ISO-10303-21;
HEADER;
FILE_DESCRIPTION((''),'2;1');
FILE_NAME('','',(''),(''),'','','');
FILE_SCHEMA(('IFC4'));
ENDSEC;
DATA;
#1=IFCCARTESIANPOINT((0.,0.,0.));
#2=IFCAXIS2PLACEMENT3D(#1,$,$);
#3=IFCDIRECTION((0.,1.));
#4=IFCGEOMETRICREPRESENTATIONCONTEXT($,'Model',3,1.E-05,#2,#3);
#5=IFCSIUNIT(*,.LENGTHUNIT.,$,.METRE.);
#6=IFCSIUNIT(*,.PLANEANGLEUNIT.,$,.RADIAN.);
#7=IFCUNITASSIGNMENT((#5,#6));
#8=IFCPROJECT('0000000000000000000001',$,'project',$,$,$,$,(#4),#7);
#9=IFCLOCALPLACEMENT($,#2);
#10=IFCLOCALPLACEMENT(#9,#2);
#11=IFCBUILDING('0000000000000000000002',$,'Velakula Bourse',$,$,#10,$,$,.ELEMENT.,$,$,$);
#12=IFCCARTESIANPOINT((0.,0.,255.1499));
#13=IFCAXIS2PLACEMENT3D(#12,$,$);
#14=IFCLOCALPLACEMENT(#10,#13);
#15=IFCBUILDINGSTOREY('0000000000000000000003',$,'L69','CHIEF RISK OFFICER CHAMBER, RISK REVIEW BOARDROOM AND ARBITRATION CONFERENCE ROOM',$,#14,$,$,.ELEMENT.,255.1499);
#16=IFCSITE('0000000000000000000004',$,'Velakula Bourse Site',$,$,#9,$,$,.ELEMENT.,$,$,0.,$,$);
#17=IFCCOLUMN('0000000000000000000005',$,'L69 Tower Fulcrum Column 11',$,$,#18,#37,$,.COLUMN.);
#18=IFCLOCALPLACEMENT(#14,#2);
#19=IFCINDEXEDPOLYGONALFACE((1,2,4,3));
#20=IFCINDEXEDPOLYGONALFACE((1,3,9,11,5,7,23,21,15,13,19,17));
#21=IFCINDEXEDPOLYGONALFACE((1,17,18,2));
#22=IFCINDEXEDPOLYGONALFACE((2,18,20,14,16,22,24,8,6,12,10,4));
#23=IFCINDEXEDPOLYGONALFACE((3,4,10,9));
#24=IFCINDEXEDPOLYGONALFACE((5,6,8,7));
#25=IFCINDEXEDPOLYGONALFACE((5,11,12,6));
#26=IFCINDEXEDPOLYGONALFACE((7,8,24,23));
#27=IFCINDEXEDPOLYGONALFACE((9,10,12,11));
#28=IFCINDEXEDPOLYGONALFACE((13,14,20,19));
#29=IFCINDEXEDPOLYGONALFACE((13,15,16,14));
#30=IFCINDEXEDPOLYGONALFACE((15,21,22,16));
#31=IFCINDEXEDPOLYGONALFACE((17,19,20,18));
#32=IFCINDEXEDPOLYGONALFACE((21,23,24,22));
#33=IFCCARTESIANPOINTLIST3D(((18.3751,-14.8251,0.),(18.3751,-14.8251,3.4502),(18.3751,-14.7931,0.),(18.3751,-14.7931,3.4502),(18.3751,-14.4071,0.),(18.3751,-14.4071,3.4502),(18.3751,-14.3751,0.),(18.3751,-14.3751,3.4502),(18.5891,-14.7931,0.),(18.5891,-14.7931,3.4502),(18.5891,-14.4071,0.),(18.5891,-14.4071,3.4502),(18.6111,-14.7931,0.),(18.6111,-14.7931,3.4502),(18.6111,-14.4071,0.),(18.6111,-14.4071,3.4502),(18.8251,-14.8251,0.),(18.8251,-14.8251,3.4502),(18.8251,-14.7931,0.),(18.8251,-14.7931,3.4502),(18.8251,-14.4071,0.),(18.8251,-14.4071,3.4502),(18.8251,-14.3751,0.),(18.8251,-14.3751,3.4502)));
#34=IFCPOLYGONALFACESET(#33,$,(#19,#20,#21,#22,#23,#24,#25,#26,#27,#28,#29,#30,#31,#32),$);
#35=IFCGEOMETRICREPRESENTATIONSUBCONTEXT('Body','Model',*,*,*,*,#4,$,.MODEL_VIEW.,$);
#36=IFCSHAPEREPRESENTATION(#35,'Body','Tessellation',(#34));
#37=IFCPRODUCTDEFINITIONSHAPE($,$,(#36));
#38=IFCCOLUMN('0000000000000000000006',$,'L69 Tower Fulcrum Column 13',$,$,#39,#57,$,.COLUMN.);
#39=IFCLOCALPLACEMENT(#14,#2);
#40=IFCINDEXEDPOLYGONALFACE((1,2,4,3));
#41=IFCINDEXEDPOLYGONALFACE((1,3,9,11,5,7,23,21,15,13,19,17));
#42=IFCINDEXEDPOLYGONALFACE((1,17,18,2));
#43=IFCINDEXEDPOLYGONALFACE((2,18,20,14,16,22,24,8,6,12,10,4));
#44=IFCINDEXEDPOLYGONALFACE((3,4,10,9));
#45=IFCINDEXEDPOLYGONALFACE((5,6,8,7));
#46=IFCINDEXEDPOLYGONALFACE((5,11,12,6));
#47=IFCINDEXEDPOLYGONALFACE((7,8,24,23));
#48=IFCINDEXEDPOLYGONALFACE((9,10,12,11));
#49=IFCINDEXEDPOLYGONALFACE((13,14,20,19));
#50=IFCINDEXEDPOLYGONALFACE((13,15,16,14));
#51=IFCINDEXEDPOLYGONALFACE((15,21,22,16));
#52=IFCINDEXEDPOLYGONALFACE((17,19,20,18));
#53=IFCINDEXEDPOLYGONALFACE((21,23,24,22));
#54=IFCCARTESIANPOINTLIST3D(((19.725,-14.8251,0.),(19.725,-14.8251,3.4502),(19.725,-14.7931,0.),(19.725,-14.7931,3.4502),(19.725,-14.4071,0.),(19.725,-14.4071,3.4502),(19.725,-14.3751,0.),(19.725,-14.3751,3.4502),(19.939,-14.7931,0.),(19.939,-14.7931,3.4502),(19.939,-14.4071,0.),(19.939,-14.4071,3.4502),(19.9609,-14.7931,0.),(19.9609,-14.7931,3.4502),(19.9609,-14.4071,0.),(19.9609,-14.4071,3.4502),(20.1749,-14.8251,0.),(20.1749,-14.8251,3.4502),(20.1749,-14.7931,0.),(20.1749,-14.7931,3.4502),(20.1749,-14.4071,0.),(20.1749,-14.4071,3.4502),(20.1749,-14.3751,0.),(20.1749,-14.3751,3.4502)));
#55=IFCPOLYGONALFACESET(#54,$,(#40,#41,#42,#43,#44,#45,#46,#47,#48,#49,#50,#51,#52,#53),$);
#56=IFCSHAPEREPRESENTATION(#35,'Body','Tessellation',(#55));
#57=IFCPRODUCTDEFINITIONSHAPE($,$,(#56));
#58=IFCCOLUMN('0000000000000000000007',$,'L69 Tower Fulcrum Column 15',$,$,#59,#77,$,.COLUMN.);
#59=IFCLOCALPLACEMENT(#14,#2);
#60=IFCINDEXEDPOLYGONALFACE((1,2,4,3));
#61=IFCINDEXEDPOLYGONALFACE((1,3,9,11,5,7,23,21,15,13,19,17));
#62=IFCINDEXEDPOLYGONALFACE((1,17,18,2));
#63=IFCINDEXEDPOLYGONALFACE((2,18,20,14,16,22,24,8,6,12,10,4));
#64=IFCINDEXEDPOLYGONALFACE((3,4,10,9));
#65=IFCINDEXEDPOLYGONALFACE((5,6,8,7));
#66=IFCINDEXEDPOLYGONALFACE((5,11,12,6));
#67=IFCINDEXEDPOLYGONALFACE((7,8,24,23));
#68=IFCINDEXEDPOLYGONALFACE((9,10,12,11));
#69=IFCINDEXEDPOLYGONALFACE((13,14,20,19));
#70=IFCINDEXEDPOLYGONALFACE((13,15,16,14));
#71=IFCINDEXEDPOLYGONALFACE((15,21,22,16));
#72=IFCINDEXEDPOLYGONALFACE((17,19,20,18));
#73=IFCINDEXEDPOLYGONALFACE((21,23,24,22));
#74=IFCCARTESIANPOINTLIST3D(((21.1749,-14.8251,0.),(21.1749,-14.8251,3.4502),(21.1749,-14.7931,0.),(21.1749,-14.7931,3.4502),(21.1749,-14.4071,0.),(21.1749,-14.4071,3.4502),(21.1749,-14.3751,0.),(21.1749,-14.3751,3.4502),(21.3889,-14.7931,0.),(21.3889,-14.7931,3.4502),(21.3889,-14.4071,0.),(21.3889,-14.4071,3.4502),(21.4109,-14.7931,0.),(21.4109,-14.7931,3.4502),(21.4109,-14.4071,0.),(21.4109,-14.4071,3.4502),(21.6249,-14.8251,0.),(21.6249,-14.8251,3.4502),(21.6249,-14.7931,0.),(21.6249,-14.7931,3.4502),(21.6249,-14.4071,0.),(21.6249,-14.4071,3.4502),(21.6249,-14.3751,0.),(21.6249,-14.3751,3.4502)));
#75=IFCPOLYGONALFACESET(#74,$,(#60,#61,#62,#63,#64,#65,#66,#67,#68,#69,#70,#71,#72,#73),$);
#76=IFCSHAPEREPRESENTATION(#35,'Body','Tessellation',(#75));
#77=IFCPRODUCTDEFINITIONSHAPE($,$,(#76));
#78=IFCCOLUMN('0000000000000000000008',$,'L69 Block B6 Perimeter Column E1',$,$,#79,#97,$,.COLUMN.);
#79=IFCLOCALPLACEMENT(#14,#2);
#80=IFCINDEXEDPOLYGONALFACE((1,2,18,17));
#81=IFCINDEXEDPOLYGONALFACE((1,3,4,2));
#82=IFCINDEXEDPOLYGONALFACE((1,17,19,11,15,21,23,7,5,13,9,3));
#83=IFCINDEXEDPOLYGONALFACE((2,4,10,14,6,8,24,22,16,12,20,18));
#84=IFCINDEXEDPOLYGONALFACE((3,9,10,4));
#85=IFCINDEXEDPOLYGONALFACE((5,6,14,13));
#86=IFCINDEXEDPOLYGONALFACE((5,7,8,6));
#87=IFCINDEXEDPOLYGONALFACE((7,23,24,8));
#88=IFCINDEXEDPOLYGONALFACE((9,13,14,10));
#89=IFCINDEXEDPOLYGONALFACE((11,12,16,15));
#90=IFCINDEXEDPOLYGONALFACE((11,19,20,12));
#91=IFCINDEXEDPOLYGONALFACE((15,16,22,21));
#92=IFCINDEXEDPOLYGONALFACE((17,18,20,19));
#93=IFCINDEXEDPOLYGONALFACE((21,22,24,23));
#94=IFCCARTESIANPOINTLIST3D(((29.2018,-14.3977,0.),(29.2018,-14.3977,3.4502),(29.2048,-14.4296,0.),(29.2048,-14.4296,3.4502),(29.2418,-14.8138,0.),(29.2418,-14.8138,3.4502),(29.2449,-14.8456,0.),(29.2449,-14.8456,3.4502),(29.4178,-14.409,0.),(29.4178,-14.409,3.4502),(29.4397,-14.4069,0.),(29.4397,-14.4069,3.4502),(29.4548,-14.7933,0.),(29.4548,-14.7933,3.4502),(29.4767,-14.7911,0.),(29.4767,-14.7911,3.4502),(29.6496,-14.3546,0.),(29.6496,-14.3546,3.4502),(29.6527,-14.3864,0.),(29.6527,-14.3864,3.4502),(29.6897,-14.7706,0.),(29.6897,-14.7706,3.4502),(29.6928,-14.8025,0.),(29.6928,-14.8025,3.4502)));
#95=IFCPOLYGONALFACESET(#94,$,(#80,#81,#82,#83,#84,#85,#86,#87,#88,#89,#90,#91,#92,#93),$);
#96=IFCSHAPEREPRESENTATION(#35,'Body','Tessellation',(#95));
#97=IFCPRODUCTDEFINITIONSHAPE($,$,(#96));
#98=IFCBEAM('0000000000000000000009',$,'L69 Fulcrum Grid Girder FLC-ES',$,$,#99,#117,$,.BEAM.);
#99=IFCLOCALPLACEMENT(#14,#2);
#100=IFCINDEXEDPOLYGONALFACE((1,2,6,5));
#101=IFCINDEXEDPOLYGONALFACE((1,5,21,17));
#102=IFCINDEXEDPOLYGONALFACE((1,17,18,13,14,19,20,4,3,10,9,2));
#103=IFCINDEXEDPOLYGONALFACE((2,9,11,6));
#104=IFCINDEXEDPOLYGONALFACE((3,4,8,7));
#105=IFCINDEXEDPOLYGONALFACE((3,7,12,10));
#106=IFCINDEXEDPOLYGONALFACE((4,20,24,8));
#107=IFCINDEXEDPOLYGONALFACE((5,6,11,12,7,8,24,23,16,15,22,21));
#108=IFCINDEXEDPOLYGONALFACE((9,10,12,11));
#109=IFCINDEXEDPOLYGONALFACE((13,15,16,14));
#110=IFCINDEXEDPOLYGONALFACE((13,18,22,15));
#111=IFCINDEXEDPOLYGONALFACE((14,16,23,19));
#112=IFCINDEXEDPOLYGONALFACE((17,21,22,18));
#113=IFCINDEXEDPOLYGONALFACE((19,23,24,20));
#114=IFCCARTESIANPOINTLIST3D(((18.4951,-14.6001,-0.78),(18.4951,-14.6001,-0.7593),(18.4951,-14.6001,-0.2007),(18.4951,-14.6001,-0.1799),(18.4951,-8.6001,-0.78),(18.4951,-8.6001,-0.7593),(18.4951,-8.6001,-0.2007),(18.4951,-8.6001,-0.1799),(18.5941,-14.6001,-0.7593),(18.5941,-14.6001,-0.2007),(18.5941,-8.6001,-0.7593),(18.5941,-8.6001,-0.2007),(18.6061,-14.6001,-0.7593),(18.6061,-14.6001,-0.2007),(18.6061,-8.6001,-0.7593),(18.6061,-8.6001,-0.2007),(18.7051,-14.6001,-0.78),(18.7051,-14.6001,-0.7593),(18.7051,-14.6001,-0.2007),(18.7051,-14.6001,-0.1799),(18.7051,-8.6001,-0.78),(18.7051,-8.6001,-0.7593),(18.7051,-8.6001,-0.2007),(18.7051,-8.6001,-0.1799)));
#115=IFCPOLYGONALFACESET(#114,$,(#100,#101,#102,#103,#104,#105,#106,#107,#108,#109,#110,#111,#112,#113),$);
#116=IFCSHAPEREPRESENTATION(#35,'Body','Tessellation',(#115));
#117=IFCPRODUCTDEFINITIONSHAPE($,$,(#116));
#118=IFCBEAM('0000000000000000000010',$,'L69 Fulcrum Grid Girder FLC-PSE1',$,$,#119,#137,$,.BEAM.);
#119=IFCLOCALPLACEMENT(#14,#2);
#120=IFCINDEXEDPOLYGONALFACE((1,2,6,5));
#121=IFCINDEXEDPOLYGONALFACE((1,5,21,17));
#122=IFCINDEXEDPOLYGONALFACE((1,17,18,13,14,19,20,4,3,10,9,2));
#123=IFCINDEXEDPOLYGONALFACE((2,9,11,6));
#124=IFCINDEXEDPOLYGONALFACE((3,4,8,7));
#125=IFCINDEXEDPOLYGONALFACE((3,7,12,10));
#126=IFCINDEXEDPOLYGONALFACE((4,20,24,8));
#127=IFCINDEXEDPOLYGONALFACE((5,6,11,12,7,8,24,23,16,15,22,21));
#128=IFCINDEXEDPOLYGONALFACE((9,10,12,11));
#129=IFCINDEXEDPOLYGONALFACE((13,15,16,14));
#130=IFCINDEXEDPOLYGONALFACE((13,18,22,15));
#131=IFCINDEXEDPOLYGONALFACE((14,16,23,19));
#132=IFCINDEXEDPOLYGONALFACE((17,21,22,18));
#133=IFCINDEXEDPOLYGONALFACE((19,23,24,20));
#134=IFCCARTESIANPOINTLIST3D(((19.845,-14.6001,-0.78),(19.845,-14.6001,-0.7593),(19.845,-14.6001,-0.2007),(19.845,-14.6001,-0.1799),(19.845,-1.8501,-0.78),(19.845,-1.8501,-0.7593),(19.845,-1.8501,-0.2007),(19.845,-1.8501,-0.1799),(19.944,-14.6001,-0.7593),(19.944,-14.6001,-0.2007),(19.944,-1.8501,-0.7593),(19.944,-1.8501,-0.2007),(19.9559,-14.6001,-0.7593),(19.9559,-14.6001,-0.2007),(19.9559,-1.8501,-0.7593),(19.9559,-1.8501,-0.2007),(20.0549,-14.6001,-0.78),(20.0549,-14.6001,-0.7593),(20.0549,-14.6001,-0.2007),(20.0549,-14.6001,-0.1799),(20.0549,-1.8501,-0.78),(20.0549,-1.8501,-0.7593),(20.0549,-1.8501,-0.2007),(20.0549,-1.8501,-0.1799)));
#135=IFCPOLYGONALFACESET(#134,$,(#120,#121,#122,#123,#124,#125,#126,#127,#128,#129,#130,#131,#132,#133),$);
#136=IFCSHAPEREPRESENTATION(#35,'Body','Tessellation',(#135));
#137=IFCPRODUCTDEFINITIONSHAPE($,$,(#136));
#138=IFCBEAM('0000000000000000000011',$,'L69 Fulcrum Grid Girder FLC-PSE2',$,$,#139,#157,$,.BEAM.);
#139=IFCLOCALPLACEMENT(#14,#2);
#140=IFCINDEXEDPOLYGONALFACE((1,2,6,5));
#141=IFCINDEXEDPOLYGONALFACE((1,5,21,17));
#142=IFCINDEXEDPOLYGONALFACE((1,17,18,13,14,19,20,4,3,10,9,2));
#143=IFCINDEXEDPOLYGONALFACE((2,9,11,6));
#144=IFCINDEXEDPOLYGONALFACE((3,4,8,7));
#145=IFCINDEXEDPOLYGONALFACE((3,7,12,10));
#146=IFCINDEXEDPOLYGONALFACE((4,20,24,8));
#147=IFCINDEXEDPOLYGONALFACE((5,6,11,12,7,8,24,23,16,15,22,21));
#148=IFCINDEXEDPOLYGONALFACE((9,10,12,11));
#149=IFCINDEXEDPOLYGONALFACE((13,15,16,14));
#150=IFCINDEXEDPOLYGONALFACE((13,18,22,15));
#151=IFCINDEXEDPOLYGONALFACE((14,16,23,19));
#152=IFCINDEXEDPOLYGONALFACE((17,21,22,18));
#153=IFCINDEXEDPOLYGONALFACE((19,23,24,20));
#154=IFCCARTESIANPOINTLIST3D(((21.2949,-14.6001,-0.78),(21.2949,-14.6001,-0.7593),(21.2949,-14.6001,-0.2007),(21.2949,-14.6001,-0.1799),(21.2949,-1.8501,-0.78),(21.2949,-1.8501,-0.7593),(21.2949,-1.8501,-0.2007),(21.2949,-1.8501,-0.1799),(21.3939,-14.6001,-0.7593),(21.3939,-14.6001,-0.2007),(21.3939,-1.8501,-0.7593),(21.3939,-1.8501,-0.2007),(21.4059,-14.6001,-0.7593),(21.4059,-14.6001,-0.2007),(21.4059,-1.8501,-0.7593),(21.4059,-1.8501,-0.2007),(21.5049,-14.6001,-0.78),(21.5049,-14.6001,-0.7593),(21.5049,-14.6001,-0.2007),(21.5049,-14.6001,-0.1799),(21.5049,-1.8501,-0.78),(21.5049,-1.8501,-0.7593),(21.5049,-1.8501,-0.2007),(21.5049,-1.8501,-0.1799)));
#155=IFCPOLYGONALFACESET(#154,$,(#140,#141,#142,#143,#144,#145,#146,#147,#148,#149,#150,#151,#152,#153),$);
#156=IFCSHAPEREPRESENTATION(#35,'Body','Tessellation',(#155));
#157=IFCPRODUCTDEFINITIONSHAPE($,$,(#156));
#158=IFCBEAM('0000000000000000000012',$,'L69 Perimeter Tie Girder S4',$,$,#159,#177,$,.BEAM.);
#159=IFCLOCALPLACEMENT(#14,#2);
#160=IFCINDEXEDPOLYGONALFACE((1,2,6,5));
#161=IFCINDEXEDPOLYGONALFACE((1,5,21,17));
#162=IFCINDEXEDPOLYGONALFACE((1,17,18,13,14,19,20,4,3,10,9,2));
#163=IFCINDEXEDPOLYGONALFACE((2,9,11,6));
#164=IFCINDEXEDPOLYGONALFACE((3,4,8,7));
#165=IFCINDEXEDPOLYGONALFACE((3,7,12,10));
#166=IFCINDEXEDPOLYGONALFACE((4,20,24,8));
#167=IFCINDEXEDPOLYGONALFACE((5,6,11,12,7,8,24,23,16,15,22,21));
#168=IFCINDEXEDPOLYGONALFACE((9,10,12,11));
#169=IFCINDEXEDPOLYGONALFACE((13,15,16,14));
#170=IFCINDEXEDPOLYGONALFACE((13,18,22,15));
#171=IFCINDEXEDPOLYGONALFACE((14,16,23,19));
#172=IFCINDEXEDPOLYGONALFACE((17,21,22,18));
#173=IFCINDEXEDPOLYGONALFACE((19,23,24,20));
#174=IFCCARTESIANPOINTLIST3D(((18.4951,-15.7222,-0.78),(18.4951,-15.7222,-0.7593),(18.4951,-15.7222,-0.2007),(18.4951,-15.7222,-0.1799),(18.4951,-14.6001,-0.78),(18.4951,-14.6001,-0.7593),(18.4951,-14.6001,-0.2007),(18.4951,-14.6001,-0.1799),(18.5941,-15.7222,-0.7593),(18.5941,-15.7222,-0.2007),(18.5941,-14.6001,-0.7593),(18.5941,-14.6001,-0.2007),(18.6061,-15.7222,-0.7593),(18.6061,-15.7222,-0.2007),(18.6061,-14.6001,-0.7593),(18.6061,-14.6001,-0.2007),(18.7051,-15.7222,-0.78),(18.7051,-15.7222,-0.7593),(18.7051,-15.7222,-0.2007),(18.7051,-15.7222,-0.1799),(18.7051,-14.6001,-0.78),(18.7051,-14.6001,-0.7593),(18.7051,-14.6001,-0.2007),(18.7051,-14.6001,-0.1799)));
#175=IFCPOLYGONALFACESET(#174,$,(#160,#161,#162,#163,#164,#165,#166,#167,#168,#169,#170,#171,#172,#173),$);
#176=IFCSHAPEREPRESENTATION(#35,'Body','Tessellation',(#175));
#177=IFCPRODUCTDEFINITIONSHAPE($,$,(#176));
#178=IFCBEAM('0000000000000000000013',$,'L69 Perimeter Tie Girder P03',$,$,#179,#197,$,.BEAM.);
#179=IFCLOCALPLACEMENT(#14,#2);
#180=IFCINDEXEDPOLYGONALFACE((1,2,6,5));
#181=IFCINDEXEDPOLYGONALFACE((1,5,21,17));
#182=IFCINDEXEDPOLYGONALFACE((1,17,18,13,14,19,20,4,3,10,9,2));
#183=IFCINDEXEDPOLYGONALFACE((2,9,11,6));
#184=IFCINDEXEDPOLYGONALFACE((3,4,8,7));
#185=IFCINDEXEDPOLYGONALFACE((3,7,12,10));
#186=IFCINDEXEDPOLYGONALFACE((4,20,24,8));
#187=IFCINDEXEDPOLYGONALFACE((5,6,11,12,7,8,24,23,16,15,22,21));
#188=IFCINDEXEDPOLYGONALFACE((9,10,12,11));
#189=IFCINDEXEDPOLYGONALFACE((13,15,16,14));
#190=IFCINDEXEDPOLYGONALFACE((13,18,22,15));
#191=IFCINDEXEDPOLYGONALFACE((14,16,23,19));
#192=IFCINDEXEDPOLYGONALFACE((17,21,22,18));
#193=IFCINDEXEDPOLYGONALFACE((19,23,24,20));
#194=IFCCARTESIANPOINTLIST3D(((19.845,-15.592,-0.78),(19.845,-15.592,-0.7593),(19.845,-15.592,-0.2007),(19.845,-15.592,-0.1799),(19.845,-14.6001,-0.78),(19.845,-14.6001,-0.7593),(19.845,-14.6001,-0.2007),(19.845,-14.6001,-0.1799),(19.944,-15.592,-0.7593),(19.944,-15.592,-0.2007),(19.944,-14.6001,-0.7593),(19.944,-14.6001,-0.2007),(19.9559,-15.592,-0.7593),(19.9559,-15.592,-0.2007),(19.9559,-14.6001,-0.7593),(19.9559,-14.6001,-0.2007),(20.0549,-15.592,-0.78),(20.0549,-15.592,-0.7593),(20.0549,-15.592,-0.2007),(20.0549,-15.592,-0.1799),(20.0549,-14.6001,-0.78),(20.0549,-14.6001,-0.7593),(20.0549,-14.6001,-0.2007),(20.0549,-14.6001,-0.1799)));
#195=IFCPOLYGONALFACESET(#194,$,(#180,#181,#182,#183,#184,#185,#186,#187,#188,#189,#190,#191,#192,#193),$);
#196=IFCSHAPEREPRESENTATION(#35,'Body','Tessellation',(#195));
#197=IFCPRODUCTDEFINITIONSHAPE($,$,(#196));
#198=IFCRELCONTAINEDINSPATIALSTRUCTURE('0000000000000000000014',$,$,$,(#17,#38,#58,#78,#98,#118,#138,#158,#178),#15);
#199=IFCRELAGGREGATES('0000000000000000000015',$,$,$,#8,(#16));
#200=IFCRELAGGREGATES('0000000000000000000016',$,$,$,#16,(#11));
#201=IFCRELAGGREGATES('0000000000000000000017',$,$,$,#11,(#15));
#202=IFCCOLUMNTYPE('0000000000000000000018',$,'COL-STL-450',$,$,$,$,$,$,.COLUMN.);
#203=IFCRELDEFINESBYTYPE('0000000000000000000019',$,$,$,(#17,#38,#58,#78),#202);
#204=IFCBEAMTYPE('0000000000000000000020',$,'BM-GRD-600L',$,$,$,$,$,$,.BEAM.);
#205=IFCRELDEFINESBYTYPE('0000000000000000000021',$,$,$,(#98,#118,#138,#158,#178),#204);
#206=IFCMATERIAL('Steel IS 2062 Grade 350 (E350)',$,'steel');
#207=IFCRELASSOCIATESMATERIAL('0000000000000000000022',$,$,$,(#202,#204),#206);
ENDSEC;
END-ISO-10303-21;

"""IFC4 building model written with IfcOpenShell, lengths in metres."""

from ifc_helpers import new_model, si_unit, direction, frame, origin, origin_2d, place, context, subcontext, project, spatial, i_section, extrude, material, material_profile, profile_set, type_object, element, save


model = new_model("IFC4")

# Units and contexts
model_context = context("Model", 3, precision=1e-05, world=origin(), true_north=direction((0.0, 1.0)))
body_context = subcontext(model_context, "Body", "Model", "MODEL_VIEW")
ifc_project = project(units=[si_unit("LENGTHUNIT", "METRE"), si_unit("PLANEANGLEUNIT", "RADIAN")], contexts=[model_context])

# Site, building, storey
site_placement = place(None, origin())
site = spatial("IfcSite", under=ifc_project, at=site_placement, Name="Velakula Bourse Site", CompositionType="ELEMENT", RefElevation=0.0)
building_placement = place(site_placement, origin())
building = spatial("IfcBuilding", under=site, at=building_placement, Name="Velakula Bourse", CompositionType="ELEMENT")
storey_placement = place(building_placement, frame((0.0, 0.0, 255.1499)))
storey = spatial("IfcBuildingStorey", under=building, at=storey_placement, Name="L69", Description="CHIEF RISK OFFICER CHAMBER, RISK REVIEW BOARDROOM AND ARBITRATION CONFERENCE ROOM", CompositionType="ELEMENT", Elevation=255.1499)

# Columns
ifc_material_1 = material(Name="Steel IS 2062 Grade 350 (E350)", Category="steel")
ifc_material_profile_1 = material_profile(ifc_material_1, i_section(OverallWidth=0.45, OverallDepth=0.45, WebThickness=0.022, FlangeThickness=0.032, at=origin_2d()), Name="Steel IS 2062 Grade 350 (E350)")
ifc_profile_set_1 = profile_set([ifc_material_profile_1], Name="Steel IS 2062 Grade 350 (E350)")
column_type = type_object("IfcColumnType", Name="COL-STL-450", PredefinedType="COLUMN", material=ifc_profile_set_1)
for number, where, z_axis, x_axis, name in (
    (1, (18.6001, -14.6001, 0.0), (0.0, 0.0, 1.0), (1.0, 0.0, 0.0), "L69 Tower Fulcrum Column 11"),
    (2, (19.95, -14.6001, 0.0), (0.0, 0.0, 1.0), (1.0, 0.0, 0.0), "L69 Tower Fulcrum Column 13"),
    (3, (21.3999, -14.6001, 0.0), (0.0, 0.0, 1.0), (1.0, 0.0, 0.0), "L69 Tower Fulcrum Column 15"),
    (4, (29.4473, -14.6001, 0.0), (0.0, 0.0, 1.0), (0.995396, 0.095846, 0.0), "L69 Block B6 Perimeter Column E1"),
):
    element("IfcColumn", number, at=place(storey_placement, frame(where, z_axis=z_axis, x_axis=x_axis)), inside=storey, type_object=column_type, Name=name, PredefinedType="COLUMN", context=body_context, shape_type="SweptSolid", body=[
        extrude(i_section(OverallWidth=0.45, OverallDepth=0.45, WebThickness=0.022, FlangeThickness=0.032, at=origin_2d()), origin(), (0.0, 0.0, 1.0), 3.4502),
    ])

# Beams
ifc_material_profile_2 = material_profile(ifc_material_1, i_section(OverallWidth=0.21, OverallDepth=0.6001, WebThickness=0.012, FlangeThickness=0.0208, at=origin_2d()), Name="Steel IS 2062 Grade 350 (E350)")
ifc_profile_set_2 = profile_set([ifc_material_profile_2], Name="Steel IS 2062 Grade 350 (E350)")
beam_type_1 = type_object("IfcBeamType", Name="BM-GRD-600L", PredefinedType="BEAM", material=ifc_profile_set_2)
beam_1_placement = place(storey_placement, frame((18.6001, -14.6001, -0.48), z_axis=(0.0, 1.0, 0.0), x_axis=(-1.0, 0.0, 0.0)))
element("IfcBeam", 5, at=beam_1_placement, inside=storey, type_object=beam_type_1, Name="L69 Fulcrum Grid Girder FLC-ES", PredefinedType="BEAM", context=body_context, shape_type="SweptSolid", body=[
    extrude(i_section(OverallWidth=0.21, OverallDepth=0.6001, WebThickness=0.012, FlangeThickness=0.0208, at=origin_2d()), origin(), (0.0, 0.0, 1.0), 6.0),
])
for number, where, z_axis, x_axis, name in (
    (6, (19.95, -14.6001, -0.48), (0.0, 1.0, 0.0), (-1.0, 0.0, 0.0), "L69 Fulcrum Grid Girder FLC-PSE1"),
    (7, (21.3999, -14.6001, -0.48), (0.0, 1.0, 0.0), (-1.0, 0.0, 0.0), "L69 Fulcrum Grid Girder FLC-PSE2"),
):
    element("IfcBeam", number, at=place(storey_placement, frame(where, z_axis=z_axis, x_axis=x_axis)), inside=storey, type_object=beam_type_1, Name=name, PredefinedType="BEAM", context=body_context, shape_type="SweptSolid", body=[
        extrude(i_section(OverallWidth=0.21, OverallDepth=0.6001, WebThickness=0.012, FlangeThickness=0.0208, at=origin_2d()), origin(), (0.0, 0.0, 1.0), 12.75),
    ])
beam_2_placement = place(storey_placement, frame((18.6001, -14.6001, -0.48), z_axis=(0.0, -1.0, 0.0), x_axis=(1.0, 0.0, 0.0)))
element("IfcBeam", 8, at=beam_2_placement, inside=storey, type_object=beam_type_1, Name="L69 Perimeter Tie Girder S4", PredefinedType="BEAM", context=body_context, shape_type="SweptSolid", body=[
    extrude(i_section(OverallWidth=0.21, OverallDepth=0.6001, WebThickness=0.012, FlangeThickness=0.0208, at=origin_2d()), origin(), (0.0, 0.0, 1.0), 1.1221),
])
beam_3_placement = place(storey_placement, frame((19.95, -14.6001, -0.48), z_axis=(0.0, -1.0, 0.0), x_axis=(1.0, 0.0, 0.0)))
element("IfcBeam", 9, at=beam_3_placement, inside=storey, type_object=beam_type_1, Name="L69 Perimeter Tie Girder P03", PredefinedType="BEAM", context=body_context, shape_type="SweptSolid", body=[
    extrude(i_section(OverallWidth=0.21, OverallDepth=0.6001, WebThickness=0.012, FlangeThickness=0.0208, at=origin_2d()), origin(), (0.0, 0.0, 1.0), 0.9919),
])

save(model, "model.ifc")
